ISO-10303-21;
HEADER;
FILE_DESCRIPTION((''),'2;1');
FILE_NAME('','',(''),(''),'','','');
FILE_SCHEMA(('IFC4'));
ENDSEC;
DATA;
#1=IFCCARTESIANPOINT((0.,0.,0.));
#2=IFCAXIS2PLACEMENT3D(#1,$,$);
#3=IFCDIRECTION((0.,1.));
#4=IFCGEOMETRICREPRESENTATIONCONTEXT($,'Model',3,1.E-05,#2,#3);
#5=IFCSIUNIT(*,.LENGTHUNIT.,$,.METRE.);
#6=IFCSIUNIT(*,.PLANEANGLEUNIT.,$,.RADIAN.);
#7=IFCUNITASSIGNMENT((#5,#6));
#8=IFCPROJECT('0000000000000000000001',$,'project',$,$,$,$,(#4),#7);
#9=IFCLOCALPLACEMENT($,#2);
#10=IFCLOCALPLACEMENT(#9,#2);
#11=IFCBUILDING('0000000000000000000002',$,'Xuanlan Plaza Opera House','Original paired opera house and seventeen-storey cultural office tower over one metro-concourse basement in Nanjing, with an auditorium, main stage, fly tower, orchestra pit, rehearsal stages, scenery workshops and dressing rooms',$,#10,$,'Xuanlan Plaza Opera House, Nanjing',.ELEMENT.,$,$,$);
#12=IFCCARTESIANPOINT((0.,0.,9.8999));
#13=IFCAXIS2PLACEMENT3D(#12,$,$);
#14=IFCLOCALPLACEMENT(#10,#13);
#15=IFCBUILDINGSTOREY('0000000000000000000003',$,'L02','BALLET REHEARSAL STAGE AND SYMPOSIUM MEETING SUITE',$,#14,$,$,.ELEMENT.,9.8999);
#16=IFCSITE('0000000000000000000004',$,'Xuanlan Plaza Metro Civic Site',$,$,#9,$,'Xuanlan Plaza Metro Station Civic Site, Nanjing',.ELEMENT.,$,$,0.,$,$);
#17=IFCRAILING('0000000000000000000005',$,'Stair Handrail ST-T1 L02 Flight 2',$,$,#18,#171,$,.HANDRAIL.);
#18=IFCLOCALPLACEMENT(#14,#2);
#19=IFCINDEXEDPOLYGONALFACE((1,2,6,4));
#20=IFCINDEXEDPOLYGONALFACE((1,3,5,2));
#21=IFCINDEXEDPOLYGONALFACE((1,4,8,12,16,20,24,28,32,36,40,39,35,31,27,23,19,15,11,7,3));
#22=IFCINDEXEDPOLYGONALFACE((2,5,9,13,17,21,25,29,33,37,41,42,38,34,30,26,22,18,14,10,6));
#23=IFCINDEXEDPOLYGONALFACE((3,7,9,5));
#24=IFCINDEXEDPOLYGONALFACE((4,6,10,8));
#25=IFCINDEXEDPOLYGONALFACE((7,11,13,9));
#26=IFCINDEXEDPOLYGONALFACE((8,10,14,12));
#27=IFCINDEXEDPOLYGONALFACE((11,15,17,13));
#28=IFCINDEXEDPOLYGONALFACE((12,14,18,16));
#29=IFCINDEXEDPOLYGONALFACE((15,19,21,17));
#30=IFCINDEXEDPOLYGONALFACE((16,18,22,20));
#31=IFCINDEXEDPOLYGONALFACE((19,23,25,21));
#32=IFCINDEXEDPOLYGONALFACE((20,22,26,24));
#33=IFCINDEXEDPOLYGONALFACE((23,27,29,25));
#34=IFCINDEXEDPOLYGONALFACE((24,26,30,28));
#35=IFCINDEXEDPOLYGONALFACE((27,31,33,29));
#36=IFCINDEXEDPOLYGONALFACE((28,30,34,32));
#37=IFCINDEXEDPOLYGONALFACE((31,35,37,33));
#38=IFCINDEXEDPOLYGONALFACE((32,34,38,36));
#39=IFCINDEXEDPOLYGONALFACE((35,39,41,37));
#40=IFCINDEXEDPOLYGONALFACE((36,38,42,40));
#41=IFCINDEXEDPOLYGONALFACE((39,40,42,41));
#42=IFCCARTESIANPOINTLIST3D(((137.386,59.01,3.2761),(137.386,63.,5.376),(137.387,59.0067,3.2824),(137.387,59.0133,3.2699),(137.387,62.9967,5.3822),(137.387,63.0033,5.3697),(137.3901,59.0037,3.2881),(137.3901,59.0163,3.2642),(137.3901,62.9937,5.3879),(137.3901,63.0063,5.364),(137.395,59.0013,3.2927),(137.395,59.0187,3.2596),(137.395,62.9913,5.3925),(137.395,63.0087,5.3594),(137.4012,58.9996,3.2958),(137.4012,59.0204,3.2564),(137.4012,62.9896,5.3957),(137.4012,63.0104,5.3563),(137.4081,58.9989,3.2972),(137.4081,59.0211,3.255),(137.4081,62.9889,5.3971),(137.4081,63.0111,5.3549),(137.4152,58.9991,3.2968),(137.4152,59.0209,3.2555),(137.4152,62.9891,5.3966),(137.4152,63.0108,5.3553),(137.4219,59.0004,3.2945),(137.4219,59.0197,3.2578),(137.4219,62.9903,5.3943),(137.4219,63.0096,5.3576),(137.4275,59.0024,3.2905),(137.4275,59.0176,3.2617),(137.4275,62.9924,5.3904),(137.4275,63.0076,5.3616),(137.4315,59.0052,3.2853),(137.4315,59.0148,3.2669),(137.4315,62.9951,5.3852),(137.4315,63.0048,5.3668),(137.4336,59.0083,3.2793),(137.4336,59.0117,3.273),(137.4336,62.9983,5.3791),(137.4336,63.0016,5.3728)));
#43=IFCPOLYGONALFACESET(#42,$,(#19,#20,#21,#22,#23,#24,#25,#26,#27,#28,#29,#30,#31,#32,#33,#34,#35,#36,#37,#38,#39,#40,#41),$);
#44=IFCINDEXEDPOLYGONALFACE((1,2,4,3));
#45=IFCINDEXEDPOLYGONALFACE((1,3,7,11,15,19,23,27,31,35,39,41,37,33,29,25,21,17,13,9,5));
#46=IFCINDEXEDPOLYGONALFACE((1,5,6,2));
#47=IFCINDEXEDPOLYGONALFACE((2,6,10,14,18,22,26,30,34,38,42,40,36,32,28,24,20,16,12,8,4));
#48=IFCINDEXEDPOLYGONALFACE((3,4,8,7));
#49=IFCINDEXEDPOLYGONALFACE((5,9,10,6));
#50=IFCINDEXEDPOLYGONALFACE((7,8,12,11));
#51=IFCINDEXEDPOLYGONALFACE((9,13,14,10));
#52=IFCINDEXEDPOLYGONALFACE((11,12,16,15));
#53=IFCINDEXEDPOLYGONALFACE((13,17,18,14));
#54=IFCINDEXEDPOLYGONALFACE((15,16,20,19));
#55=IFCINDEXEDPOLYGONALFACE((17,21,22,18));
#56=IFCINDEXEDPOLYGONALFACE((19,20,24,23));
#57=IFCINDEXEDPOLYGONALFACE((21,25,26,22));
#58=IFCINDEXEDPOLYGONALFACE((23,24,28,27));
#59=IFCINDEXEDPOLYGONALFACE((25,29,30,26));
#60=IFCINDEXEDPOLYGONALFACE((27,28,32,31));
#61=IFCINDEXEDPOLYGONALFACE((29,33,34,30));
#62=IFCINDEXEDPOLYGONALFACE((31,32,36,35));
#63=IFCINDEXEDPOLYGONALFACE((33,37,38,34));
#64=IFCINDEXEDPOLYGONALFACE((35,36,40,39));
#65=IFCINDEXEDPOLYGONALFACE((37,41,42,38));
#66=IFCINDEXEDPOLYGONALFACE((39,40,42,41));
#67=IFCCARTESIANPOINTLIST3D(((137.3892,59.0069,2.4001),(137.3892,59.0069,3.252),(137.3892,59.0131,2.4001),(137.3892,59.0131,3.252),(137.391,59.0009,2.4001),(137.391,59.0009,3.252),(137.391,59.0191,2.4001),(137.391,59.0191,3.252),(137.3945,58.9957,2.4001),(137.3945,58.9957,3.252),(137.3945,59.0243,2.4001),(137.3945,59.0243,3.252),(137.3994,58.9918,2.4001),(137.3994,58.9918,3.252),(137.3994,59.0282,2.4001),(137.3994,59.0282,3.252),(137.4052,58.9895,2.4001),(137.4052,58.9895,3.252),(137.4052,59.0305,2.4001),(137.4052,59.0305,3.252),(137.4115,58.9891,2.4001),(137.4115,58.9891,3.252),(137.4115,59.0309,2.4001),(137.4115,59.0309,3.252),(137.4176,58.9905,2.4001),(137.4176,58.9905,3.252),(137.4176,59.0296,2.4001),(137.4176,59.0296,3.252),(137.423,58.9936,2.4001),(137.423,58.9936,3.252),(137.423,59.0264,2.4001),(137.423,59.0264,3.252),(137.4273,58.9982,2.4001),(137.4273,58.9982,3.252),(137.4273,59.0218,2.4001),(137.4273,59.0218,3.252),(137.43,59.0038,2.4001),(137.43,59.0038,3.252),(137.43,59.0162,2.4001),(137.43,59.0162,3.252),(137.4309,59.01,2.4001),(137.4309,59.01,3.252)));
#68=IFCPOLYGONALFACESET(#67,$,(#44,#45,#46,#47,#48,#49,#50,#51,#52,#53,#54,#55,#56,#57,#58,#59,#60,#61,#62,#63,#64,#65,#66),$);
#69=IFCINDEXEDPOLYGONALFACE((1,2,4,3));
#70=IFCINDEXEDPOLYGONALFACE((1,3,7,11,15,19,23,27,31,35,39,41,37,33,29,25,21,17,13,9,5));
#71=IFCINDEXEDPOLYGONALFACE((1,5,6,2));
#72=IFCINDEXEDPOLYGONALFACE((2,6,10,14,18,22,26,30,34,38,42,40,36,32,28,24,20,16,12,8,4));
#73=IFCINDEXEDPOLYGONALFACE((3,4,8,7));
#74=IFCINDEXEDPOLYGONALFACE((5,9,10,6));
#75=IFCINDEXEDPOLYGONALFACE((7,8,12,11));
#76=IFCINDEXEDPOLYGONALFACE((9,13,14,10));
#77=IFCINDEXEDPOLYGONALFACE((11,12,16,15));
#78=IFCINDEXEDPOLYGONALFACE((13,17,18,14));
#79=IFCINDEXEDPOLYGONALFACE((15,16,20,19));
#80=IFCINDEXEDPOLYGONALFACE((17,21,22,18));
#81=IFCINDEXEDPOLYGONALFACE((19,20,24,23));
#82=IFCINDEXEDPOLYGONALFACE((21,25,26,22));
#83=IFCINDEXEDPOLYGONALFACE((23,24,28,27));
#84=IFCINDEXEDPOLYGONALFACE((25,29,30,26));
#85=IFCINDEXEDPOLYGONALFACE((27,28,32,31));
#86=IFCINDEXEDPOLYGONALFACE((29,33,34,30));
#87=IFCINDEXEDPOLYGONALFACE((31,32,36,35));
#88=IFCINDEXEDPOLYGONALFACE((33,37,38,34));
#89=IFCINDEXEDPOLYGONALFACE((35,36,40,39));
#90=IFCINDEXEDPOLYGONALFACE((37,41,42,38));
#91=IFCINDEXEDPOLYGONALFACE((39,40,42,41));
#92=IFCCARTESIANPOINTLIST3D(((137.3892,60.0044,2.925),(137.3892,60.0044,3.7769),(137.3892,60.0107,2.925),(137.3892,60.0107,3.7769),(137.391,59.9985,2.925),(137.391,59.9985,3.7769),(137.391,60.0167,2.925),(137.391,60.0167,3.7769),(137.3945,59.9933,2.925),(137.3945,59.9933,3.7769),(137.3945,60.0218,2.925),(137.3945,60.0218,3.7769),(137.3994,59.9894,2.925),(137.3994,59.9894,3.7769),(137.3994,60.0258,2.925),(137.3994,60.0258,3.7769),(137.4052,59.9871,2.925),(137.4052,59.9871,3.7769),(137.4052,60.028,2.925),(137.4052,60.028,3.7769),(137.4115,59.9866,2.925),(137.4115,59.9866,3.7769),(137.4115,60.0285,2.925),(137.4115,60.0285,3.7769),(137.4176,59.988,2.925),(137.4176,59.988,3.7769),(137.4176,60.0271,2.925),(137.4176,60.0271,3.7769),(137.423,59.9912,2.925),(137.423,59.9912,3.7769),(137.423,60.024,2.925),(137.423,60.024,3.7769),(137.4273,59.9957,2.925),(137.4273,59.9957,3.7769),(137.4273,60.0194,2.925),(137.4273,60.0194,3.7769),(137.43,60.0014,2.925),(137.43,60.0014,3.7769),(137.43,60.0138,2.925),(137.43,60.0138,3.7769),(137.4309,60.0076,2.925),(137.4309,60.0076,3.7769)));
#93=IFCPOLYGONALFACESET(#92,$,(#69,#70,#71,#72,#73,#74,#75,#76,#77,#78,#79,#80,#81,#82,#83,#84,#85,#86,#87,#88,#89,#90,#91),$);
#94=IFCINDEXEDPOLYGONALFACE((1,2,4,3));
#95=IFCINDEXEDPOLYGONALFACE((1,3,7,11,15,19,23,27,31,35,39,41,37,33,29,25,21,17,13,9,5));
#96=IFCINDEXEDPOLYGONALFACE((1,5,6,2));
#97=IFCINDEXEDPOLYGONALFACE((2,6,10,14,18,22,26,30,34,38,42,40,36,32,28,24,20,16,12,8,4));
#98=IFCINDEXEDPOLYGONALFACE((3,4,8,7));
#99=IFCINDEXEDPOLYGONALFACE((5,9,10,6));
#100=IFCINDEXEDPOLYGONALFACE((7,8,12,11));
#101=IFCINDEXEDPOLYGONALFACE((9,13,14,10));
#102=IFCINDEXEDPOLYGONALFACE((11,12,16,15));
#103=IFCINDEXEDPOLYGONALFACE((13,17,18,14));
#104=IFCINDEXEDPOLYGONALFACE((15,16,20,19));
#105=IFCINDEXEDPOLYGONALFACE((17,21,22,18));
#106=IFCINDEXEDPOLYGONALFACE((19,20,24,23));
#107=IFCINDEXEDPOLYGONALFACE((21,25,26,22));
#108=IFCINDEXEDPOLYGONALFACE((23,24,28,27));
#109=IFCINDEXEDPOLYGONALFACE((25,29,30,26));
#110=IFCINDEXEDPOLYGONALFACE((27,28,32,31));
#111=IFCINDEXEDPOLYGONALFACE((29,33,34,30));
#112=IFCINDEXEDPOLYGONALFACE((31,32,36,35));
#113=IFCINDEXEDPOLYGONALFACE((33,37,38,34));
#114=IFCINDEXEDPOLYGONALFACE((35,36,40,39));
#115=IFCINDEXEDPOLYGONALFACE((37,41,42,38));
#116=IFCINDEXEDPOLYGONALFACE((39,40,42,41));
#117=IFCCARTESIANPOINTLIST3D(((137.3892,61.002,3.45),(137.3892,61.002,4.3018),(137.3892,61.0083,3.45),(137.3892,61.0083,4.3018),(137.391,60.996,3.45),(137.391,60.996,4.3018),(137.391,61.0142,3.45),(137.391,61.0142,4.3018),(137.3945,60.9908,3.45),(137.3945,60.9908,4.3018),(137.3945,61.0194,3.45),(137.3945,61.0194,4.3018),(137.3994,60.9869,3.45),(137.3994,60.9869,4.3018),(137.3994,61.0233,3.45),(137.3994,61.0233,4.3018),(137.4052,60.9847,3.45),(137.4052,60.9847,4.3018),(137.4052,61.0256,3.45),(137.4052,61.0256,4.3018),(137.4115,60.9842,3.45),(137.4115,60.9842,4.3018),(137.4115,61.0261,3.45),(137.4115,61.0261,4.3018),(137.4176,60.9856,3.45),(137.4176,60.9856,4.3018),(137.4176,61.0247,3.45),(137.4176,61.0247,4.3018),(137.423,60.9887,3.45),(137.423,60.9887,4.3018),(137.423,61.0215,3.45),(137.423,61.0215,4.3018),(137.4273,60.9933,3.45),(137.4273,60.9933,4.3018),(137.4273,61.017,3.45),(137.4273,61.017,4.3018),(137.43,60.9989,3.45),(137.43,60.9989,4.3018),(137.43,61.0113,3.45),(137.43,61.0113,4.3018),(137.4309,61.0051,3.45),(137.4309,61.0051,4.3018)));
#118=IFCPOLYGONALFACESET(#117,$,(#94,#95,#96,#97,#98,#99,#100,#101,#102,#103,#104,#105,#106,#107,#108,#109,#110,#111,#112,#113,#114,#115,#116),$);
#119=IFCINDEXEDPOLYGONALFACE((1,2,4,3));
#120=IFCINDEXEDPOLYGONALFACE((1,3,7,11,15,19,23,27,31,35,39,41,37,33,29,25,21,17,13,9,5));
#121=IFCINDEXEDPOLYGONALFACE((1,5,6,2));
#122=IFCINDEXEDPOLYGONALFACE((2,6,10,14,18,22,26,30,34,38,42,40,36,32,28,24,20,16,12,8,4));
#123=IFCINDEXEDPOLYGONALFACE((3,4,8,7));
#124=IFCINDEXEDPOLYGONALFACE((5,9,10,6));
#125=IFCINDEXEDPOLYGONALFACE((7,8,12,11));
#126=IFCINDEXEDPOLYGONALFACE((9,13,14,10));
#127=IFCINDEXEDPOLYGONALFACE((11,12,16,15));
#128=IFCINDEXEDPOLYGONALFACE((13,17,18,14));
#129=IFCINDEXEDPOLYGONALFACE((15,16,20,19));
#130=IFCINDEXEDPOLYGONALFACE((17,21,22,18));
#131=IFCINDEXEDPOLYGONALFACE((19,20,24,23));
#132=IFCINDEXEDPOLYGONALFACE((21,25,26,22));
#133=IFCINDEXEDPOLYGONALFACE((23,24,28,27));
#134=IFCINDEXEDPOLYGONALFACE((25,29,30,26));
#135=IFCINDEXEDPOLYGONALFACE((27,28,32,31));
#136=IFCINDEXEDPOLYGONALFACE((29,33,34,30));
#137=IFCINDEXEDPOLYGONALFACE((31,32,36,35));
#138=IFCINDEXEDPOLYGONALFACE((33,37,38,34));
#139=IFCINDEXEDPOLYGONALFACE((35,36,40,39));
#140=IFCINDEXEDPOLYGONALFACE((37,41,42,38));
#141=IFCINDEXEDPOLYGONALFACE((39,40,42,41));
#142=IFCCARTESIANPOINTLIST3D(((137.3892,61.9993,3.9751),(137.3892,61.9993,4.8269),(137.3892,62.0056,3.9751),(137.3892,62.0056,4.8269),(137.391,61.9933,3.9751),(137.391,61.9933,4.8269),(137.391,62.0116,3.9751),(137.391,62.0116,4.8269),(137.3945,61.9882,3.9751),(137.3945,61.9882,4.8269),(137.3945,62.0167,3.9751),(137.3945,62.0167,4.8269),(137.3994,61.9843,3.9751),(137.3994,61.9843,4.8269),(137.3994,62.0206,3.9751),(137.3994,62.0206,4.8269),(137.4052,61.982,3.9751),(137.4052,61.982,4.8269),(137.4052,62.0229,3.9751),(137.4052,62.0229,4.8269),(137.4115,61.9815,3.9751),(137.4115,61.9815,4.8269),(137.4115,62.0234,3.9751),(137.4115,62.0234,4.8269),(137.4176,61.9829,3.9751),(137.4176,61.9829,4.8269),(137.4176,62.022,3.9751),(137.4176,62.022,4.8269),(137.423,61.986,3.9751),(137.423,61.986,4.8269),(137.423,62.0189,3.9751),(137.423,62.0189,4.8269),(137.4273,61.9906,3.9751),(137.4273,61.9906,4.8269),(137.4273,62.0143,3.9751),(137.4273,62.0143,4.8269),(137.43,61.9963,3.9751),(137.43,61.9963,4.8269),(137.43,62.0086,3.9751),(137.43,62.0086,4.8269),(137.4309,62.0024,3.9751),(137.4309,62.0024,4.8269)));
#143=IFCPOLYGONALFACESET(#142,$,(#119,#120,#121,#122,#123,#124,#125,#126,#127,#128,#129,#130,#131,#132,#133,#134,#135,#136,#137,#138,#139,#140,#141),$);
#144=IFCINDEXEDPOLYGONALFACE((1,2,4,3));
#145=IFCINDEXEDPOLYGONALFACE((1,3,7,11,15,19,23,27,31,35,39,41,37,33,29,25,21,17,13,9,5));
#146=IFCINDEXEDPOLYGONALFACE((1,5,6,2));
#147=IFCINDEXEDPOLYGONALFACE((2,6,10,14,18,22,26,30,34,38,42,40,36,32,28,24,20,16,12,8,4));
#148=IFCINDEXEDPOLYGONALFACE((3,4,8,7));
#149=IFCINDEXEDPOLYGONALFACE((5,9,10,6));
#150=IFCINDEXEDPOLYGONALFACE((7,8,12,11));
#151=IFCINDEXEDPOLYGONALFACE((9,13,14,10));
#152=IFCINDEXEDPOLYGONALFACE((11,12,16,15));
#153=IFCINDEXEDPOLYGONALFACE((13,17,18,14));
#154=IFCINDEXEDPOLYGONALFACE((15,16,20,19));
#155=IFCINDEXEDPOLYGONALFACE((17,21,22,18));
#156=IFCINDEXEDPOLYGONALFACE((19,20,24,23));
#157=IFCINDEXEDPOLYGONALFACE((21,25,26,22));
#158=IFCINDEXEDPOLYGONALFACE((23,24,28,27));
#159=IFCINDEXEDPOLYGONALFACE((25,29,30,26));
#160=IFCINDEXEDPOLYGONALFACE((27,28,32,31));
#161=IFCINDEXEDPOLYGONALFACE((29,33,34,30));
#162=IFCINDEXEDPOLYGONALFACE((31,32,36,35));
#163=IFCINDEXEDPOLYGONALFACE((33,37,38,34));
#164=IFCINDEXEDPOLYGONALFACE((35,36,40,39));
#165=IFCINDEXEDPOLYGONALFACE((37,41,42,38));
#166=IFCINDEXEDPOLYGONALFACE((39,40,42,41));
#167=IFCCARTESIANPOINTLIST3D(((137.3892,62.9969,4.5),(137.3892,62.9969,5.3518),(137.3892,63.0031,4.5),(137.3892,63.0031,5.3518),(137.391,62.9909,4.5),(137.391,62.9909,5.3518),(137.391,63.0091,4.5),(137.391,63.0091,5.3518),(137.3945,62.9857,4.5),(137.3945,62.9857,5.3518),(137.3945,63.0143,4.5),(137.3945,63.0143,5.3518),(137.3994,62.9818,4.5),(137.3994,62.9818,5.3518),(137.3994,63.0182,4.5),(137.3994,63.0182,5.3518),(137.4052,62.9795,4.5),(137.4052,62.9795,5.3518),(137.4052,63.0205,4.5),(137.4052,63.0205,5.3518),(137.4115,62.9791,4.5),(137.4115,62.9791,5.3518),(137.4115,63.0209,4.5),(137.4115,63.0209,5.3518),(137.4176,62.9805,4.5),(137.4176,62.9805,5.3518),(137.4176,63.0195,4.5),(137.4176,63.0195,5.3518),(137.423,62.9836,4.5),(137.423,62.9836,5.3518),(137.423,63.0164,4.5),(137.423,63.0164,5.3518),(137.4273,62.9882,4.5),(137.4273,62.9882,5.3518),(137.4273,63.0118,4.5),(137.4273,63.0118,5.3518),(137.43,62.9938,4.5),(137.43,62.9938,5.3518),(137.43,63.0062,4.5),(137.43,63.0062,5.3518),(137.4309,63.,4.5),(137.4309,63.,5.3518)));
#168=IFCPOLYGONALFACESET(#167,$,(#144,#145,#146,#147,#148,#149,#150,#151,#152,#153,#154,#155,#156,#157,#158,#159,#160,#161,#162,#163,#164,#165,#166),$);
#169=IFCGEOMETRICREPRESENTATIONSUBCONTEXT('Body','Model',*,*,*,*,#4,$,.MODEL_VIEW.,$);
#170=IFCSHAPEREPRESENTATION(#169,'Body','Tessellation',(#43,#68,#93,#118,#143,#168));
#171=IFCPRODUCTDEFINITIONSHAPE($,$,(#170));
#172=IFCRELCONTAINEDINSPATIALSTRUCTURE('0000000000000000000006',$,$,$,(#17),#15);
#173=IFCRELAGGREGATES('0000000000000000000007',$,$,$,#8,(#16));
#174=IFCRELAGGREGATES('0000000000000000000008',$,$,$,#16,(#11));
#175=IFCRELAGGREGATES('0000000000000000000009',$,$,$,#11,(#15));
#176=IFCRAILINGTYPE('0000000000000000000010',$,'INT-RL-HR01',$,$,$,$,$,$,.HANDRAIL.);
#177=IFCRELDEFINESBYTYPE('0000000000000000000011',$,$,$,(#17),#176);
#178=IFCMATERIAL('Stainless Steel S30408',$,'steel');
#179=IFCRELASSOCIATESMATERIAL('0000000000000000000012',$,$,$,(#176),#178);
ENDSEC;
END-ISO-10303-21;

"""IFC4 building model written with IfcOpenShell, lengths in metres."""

from ifc_helpers import new_model, si_unit, direction, frame, origin, origin_2d, place, context, subcontext, project, spatial, circle, extrude, material, type_object, element, save


model = new_model("IFC4")

# Units and contexts
model_context = context("Model", 3, precision=1e-05, world=origin(), true_north=direction((0.0, 1.0)))
body_context = subcontext(model_context, "Body", "Model", "MODEL_VIEW")
ifc_project = project(units=[si_unit("LENGTHUNIT", "METRE"), si_unit("PLANEANGLEUNIT", "RADIAN")], contexts=[model_context])

# Site, building, storey
site_placement = place(None, origin())
site = spatial("IfcSite", under=ifc_project, at=site_placement, Name="Xuanlan Plaza Metro Civic Site", LongName="Xuanlan Plaza Metro Station Civic Site, Nanjing", CompositionType="ELEMENT", RefElevation=0.0)
building_placement = place(site_placement, origin())
building = spatial("IfcBuilding", under=site, at=building_placement, Name="Xuanlan Plaza Opera House", Description="Original paired opera house and seventeen-storey cultural office tower over one metro-concourse basement in Nanjing, with an auditorium, main stage, fly tower, orchestra pit, rehearsal stages, scenery workshops and dressing rooms", LongName="Xuanlan Plaza Opera House, Nanjing", CompositionType="ELEMENT")
storey_placement = place(building_placement, frame((0.0, 0.0, 9.8999)))
storey = spatial("IfcBuildingStorey", under=building, at=storey_placement, Name="L02", Description="BALLET REHEARSAL STAGE AND SYMPOSIUM MEETING SUITE", CompositionType="ELEMENT", Elevation=9.8999)

# Railing
ifc_material_1 = material(Name="Stainless Steel S30408", Category="steel")
railing_type = type_object("IfcRailingType", Name="INT-RL-HR01", PredefinedType="HANDRAIL", material=ifc_material_1)
railing_placement = place(storey_placement, frame((137.4099, 59.01, 2.4001)))
element("IfcRailing", 1, at=railing_placement, inside=storey, type_object=railing_type, Name="Stair Handrail ST-T1 L02 Flight 2", PredefinedType="HANDRAIL", context=body_context, shape_type="SweptSolid", body=[
    extrude(circle(Radius=0.0239, at=origin_2d()), frame((0.0, 0.0, 0.876), z_axis=(0.0, 0.884931, 0.465722), x_axis=(-1.0, 0.0, 0.0)), (0.0, 0.0, 1.0), 4.5088),
    extrude(circle(Radius=0.021, at=origin_2d()), origin(), (0.0, 0.0, 1.0), 0.8518),
    extrude(circle(Radius=0.021, at=origin_2d()), frame((0.0, 0.9976, 0.5249)), (0.0, 0.0, 1.0), 0.8518),
    extrude(circle(Radius=0.021, at=origin_2d()), frame((0.0, 1.9951, 1.0498)), (0.0, 0.0, 1.0), 0.8518),
    extrude(circle(Radius=0.021, at=origin_2d()), frame((0.0, 2.9924, 1.575)), (0.0, 0.0, 1.0), 0.8518),
    extrude(circle(Radius=0.021, at=origin_2d()), frame((0.0, 3.99, 2.0999)), (0.0, 0.0, 1.0), 0.8518),
])

save(model, "model.ifc")
